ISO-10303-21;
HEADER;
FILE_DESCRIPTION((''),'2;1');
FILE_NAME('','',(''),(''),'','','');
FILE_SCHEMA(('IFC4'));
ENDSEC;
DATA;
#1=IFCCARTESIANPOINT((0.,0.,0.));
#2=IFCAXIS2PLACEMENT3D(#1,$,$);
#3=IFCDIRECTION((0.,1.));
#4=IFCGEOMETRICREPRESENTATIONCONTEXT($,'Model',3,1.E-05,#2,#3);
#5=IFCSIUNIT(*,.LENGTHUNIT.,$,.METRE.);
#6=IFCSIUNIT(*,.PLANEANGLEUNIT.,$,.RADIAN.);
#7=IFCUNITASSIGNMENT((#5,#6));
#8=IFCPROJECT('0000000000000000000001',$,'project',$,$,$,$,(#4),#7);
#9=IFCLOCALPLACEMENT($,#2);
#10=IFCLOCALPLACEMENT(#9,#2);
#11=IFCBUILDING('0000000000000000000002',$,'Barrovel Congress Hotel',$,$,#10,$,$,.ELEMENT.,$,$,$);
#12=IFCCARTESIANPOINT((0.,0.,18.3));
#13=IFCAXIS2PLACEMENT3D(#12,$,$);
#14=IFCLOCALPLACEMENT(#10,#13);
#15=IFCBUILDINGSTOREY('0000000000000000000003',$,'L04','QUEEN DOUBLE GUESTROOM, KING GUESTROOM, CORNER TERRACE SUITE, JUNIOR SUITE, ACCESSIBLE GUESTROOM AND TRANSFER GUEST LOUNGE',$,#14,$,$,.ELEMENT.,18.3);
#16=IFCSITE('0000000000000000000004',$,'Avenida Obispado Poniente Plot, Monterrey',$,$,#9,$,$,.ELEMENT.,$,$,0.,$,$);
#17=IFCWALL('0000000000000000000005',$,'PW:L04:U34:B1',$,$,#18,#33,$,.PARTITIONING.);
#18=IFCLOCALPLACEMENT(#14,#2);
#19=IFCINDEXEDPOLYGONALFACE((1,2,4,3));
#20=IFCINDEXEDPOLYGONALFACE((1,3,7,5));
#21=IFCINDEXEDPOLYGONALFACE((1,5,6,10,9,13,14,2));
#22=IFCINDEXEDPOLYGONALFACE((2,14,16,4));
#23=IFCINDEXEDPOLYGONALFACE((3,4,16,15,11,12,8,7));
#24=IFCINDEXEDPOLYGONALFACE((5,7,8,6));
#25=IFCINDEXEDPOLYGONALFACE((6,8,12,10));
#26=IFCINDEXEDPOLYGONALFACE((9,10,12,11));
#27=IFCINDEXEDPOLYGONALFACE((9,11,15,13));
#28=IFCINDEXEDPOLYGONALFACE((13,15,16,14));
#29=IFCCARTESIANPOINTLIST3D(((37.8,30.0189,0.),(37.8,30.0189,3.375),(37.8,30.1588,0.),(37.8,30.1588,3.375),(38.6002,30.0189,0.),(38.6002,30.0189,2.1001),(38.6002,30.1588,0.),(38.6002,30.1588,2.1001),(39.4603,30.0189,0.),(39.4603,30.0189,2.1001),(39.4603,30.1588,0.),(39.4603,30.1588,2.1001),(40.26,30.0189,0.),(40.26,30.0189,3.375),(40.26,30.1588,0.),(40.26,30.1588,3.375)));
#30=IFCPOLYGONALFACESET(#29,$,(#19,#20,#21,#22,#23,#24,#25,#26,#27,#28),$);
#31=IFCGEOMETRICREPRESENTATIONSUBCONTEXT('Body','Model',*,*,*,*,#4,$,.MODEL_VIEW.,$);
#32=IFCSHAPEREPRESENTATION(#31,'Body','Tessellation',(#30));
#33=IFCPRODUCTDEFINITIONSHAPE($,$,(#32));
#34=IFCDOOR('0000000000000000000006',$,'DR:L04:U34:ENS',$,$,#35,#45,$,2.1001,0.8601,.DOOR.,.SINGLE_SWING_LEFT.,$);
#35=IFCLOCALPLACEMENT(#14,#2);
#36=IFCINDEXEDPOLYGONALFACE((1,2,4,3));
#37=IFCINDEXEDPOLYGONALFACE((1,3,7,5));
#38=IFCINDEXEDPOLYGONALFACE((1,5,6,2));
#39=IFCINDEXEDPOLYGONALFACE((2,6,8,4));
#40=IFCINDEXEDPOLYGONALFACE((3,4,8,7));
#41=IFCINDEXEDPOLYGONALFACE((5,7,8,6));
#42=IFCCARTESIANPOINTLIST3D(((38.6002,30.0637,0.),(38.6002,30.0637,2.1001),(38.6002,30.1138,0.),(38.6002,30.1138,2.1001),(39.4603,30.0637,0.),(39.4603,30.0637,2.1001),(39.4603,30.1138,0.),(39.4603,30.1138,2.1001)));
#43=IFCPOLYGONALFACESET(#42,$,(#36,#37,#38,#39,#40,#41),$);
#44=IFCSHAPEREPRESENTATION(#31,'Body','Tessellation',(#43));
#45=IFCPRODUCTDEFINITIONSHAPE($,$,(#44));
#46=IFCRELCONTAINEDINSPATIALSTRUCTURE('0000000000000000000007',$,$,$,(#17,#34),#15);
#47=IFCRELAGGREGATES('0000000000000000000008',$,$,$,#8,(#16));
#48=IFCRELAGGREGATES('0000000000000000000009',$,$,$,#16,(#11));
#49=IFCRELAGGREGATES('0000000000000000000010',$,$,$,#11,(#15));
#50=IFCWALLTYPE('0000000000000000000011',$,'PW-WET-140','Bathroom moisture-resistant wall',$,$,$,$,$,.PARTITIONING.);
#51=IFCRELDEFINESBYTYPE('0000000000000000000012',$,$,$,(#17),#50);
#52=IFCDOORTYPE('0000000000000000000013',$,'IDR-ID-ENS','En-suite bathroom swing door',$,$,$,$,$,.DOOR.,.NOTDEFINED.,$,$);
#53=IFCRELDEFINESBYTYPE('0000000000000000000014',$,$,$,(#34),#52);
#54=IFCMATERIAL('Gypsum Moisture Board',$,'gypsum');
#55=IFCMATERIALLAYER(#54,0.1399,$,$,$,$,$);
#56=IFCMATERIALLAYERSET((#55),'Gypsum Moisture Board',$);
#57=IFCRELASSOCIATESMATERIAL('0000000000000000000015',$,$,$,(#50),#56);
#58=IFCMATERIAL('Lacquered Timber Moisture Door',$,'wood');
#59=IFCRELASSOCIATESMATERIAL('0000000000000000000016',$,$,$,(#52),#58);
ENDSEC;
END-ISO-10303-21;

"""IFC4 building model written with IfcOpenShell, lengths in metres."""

from ifc_helpers import new_model, si_unit, direction, frame, frame_2d, origin, place, context, subcontext, project, spatial, rectangle, extrude, material, layer, layer_set, type_object, element, fill, save


model = new_model("IFC4")

# Units and contexts
model_context = context("Model", 3, precision=1e-05, world=origin(), true_north=direction((0.0, 1.0)))
body_context = subcontext(model_context, "Body", "Model", "MODEL_VIEW")
ifc_project = project(units=[si_unit("LENGTHUNIT", "METRE"), si_unit("PLANEANGLEUNIT", "RADIAN")], contexts=[model_context])

# Site, building, storey
site_placement = place(None, origin())
site = spatial("IfcSite", under=ifc_project, at=site_placement, Name="Avenida Obispado Poniente Plot, Monterrey", CompositionType="ELEMENT", RefElevation=0.0)
building_placement = place(site_placement, origin())
building = spatial("IfcBuilding", under=site, at=building_placement, Name="Barrovel Congress Hotel", CompositionType="ELEMENT")
storey_placement = place(building_placement, frame((0.0, 0.0, 18.3)))
storey = spatial("IfcBuildingStorey", under=building, at=storey_placement, Name="L04", Description="QUEEN DOUBLE GUESTROOM, KING GUESTROOM, CORNER TERRACE SUITE, JUNIOR SUITE, ACCESSIBLE GUESTROOM AND TRANSFER GUEST LOUNGE", CompositionType="ELEMENT", Elevation=18.3)

# Wall, opening, door
ifc_material_1 = material(Name="Gypsum Moisture Board", Category="gypsum")
ifc_layer_1 = layer(ifc_material_1, 0.1399)
ifc_layer_set_1 = layer_set([ifc_layer_1], Name="Gypsum Moisture Board")
wall_type_1 = type_object("IfcWallType", Name="PW-WET-140", Description="Bathroom moisture-resistant wall", PredefinedType="PARTITIONING", material=ifc_layer_set_1)
ifc_material_2 = material(Name="Lacquered Timber Moisture Door", Category="wood")
door_type_1 = type_object("IfcDoorType", Name="IDR-ID-ENS", Description="En-suite bathroom swing door", OperationType="NOTDEFINED", PredefinedType="DOOR", material=ifc_material_2)
wall_1_placement = place(storey_placement, frame((37.8, 30.0889, 0.0), z_axis=(0.0, 0.0, 1.0), x_axis=(1.0, 0.0, 0.0)))
wall_1 = element("IfcWall", 1, at=wall_1_placement, inside=storey, type_object=wall_type_1, Name="PW:L04:U34:B1", PredefinedType="PARTITIONING", context=body_context, shape_type="SweptSolid", body=[
    extrude(rectangle(XDim=2.46, YDim=0.1399, at=frame_2d((1.23, 0.0))), origin(), (0.0, 0.0, 1.0), 3.375),
])
opening_1_placement = place(wall_1_placement, frame((0.8, 0.0, 0.0)))
opening_1 = element("IfcOpeningElement", 2, at=opening_1_placement, cuts=wall_1, PredefinedType="OPENING", context=body_context, shape_type="SweptSolid", body=[
    extrude(rectangle(XDim=0.8601, YDim=2.1001, at=frame_2d((0.4302, 1.05))), frame((0.0, 0.0801, 0.0), z_axis=(0.0, -1.0, 0.0), x_axis=(1.0, 0.0, 0.0)), (0.0, 0.0, 1.0), 0.1599),
])
door_1_placement = place(opening_1_placement, origin())
door_1 = element("IfcDoor", 3, at=door_1_placement, inside=storey, type_object=door_type_1, Name="DR:L04:U34:ENS", OperationType="SINGLE_SWING_LEFT", OverallHeight=2.1001, OverallWidth=0.8601, PredefinedType="DOOR", context=body_context, shape_type="SweptSolid", body=[
    extrude(rectangle(XDim=0.8601, YDim=2.1001, at=frame_2d((0.4302, 1.05))), frame((0.0, 0.0249, 0.0), z_axis=(0.0, -1.0, 0.0), x_axis=(1.0, 0.0, 0.0)), (0.0, 0.0, 1.0), 0.05),
])
fill(opening_1, door_1)

save(model, "model.ifc")
